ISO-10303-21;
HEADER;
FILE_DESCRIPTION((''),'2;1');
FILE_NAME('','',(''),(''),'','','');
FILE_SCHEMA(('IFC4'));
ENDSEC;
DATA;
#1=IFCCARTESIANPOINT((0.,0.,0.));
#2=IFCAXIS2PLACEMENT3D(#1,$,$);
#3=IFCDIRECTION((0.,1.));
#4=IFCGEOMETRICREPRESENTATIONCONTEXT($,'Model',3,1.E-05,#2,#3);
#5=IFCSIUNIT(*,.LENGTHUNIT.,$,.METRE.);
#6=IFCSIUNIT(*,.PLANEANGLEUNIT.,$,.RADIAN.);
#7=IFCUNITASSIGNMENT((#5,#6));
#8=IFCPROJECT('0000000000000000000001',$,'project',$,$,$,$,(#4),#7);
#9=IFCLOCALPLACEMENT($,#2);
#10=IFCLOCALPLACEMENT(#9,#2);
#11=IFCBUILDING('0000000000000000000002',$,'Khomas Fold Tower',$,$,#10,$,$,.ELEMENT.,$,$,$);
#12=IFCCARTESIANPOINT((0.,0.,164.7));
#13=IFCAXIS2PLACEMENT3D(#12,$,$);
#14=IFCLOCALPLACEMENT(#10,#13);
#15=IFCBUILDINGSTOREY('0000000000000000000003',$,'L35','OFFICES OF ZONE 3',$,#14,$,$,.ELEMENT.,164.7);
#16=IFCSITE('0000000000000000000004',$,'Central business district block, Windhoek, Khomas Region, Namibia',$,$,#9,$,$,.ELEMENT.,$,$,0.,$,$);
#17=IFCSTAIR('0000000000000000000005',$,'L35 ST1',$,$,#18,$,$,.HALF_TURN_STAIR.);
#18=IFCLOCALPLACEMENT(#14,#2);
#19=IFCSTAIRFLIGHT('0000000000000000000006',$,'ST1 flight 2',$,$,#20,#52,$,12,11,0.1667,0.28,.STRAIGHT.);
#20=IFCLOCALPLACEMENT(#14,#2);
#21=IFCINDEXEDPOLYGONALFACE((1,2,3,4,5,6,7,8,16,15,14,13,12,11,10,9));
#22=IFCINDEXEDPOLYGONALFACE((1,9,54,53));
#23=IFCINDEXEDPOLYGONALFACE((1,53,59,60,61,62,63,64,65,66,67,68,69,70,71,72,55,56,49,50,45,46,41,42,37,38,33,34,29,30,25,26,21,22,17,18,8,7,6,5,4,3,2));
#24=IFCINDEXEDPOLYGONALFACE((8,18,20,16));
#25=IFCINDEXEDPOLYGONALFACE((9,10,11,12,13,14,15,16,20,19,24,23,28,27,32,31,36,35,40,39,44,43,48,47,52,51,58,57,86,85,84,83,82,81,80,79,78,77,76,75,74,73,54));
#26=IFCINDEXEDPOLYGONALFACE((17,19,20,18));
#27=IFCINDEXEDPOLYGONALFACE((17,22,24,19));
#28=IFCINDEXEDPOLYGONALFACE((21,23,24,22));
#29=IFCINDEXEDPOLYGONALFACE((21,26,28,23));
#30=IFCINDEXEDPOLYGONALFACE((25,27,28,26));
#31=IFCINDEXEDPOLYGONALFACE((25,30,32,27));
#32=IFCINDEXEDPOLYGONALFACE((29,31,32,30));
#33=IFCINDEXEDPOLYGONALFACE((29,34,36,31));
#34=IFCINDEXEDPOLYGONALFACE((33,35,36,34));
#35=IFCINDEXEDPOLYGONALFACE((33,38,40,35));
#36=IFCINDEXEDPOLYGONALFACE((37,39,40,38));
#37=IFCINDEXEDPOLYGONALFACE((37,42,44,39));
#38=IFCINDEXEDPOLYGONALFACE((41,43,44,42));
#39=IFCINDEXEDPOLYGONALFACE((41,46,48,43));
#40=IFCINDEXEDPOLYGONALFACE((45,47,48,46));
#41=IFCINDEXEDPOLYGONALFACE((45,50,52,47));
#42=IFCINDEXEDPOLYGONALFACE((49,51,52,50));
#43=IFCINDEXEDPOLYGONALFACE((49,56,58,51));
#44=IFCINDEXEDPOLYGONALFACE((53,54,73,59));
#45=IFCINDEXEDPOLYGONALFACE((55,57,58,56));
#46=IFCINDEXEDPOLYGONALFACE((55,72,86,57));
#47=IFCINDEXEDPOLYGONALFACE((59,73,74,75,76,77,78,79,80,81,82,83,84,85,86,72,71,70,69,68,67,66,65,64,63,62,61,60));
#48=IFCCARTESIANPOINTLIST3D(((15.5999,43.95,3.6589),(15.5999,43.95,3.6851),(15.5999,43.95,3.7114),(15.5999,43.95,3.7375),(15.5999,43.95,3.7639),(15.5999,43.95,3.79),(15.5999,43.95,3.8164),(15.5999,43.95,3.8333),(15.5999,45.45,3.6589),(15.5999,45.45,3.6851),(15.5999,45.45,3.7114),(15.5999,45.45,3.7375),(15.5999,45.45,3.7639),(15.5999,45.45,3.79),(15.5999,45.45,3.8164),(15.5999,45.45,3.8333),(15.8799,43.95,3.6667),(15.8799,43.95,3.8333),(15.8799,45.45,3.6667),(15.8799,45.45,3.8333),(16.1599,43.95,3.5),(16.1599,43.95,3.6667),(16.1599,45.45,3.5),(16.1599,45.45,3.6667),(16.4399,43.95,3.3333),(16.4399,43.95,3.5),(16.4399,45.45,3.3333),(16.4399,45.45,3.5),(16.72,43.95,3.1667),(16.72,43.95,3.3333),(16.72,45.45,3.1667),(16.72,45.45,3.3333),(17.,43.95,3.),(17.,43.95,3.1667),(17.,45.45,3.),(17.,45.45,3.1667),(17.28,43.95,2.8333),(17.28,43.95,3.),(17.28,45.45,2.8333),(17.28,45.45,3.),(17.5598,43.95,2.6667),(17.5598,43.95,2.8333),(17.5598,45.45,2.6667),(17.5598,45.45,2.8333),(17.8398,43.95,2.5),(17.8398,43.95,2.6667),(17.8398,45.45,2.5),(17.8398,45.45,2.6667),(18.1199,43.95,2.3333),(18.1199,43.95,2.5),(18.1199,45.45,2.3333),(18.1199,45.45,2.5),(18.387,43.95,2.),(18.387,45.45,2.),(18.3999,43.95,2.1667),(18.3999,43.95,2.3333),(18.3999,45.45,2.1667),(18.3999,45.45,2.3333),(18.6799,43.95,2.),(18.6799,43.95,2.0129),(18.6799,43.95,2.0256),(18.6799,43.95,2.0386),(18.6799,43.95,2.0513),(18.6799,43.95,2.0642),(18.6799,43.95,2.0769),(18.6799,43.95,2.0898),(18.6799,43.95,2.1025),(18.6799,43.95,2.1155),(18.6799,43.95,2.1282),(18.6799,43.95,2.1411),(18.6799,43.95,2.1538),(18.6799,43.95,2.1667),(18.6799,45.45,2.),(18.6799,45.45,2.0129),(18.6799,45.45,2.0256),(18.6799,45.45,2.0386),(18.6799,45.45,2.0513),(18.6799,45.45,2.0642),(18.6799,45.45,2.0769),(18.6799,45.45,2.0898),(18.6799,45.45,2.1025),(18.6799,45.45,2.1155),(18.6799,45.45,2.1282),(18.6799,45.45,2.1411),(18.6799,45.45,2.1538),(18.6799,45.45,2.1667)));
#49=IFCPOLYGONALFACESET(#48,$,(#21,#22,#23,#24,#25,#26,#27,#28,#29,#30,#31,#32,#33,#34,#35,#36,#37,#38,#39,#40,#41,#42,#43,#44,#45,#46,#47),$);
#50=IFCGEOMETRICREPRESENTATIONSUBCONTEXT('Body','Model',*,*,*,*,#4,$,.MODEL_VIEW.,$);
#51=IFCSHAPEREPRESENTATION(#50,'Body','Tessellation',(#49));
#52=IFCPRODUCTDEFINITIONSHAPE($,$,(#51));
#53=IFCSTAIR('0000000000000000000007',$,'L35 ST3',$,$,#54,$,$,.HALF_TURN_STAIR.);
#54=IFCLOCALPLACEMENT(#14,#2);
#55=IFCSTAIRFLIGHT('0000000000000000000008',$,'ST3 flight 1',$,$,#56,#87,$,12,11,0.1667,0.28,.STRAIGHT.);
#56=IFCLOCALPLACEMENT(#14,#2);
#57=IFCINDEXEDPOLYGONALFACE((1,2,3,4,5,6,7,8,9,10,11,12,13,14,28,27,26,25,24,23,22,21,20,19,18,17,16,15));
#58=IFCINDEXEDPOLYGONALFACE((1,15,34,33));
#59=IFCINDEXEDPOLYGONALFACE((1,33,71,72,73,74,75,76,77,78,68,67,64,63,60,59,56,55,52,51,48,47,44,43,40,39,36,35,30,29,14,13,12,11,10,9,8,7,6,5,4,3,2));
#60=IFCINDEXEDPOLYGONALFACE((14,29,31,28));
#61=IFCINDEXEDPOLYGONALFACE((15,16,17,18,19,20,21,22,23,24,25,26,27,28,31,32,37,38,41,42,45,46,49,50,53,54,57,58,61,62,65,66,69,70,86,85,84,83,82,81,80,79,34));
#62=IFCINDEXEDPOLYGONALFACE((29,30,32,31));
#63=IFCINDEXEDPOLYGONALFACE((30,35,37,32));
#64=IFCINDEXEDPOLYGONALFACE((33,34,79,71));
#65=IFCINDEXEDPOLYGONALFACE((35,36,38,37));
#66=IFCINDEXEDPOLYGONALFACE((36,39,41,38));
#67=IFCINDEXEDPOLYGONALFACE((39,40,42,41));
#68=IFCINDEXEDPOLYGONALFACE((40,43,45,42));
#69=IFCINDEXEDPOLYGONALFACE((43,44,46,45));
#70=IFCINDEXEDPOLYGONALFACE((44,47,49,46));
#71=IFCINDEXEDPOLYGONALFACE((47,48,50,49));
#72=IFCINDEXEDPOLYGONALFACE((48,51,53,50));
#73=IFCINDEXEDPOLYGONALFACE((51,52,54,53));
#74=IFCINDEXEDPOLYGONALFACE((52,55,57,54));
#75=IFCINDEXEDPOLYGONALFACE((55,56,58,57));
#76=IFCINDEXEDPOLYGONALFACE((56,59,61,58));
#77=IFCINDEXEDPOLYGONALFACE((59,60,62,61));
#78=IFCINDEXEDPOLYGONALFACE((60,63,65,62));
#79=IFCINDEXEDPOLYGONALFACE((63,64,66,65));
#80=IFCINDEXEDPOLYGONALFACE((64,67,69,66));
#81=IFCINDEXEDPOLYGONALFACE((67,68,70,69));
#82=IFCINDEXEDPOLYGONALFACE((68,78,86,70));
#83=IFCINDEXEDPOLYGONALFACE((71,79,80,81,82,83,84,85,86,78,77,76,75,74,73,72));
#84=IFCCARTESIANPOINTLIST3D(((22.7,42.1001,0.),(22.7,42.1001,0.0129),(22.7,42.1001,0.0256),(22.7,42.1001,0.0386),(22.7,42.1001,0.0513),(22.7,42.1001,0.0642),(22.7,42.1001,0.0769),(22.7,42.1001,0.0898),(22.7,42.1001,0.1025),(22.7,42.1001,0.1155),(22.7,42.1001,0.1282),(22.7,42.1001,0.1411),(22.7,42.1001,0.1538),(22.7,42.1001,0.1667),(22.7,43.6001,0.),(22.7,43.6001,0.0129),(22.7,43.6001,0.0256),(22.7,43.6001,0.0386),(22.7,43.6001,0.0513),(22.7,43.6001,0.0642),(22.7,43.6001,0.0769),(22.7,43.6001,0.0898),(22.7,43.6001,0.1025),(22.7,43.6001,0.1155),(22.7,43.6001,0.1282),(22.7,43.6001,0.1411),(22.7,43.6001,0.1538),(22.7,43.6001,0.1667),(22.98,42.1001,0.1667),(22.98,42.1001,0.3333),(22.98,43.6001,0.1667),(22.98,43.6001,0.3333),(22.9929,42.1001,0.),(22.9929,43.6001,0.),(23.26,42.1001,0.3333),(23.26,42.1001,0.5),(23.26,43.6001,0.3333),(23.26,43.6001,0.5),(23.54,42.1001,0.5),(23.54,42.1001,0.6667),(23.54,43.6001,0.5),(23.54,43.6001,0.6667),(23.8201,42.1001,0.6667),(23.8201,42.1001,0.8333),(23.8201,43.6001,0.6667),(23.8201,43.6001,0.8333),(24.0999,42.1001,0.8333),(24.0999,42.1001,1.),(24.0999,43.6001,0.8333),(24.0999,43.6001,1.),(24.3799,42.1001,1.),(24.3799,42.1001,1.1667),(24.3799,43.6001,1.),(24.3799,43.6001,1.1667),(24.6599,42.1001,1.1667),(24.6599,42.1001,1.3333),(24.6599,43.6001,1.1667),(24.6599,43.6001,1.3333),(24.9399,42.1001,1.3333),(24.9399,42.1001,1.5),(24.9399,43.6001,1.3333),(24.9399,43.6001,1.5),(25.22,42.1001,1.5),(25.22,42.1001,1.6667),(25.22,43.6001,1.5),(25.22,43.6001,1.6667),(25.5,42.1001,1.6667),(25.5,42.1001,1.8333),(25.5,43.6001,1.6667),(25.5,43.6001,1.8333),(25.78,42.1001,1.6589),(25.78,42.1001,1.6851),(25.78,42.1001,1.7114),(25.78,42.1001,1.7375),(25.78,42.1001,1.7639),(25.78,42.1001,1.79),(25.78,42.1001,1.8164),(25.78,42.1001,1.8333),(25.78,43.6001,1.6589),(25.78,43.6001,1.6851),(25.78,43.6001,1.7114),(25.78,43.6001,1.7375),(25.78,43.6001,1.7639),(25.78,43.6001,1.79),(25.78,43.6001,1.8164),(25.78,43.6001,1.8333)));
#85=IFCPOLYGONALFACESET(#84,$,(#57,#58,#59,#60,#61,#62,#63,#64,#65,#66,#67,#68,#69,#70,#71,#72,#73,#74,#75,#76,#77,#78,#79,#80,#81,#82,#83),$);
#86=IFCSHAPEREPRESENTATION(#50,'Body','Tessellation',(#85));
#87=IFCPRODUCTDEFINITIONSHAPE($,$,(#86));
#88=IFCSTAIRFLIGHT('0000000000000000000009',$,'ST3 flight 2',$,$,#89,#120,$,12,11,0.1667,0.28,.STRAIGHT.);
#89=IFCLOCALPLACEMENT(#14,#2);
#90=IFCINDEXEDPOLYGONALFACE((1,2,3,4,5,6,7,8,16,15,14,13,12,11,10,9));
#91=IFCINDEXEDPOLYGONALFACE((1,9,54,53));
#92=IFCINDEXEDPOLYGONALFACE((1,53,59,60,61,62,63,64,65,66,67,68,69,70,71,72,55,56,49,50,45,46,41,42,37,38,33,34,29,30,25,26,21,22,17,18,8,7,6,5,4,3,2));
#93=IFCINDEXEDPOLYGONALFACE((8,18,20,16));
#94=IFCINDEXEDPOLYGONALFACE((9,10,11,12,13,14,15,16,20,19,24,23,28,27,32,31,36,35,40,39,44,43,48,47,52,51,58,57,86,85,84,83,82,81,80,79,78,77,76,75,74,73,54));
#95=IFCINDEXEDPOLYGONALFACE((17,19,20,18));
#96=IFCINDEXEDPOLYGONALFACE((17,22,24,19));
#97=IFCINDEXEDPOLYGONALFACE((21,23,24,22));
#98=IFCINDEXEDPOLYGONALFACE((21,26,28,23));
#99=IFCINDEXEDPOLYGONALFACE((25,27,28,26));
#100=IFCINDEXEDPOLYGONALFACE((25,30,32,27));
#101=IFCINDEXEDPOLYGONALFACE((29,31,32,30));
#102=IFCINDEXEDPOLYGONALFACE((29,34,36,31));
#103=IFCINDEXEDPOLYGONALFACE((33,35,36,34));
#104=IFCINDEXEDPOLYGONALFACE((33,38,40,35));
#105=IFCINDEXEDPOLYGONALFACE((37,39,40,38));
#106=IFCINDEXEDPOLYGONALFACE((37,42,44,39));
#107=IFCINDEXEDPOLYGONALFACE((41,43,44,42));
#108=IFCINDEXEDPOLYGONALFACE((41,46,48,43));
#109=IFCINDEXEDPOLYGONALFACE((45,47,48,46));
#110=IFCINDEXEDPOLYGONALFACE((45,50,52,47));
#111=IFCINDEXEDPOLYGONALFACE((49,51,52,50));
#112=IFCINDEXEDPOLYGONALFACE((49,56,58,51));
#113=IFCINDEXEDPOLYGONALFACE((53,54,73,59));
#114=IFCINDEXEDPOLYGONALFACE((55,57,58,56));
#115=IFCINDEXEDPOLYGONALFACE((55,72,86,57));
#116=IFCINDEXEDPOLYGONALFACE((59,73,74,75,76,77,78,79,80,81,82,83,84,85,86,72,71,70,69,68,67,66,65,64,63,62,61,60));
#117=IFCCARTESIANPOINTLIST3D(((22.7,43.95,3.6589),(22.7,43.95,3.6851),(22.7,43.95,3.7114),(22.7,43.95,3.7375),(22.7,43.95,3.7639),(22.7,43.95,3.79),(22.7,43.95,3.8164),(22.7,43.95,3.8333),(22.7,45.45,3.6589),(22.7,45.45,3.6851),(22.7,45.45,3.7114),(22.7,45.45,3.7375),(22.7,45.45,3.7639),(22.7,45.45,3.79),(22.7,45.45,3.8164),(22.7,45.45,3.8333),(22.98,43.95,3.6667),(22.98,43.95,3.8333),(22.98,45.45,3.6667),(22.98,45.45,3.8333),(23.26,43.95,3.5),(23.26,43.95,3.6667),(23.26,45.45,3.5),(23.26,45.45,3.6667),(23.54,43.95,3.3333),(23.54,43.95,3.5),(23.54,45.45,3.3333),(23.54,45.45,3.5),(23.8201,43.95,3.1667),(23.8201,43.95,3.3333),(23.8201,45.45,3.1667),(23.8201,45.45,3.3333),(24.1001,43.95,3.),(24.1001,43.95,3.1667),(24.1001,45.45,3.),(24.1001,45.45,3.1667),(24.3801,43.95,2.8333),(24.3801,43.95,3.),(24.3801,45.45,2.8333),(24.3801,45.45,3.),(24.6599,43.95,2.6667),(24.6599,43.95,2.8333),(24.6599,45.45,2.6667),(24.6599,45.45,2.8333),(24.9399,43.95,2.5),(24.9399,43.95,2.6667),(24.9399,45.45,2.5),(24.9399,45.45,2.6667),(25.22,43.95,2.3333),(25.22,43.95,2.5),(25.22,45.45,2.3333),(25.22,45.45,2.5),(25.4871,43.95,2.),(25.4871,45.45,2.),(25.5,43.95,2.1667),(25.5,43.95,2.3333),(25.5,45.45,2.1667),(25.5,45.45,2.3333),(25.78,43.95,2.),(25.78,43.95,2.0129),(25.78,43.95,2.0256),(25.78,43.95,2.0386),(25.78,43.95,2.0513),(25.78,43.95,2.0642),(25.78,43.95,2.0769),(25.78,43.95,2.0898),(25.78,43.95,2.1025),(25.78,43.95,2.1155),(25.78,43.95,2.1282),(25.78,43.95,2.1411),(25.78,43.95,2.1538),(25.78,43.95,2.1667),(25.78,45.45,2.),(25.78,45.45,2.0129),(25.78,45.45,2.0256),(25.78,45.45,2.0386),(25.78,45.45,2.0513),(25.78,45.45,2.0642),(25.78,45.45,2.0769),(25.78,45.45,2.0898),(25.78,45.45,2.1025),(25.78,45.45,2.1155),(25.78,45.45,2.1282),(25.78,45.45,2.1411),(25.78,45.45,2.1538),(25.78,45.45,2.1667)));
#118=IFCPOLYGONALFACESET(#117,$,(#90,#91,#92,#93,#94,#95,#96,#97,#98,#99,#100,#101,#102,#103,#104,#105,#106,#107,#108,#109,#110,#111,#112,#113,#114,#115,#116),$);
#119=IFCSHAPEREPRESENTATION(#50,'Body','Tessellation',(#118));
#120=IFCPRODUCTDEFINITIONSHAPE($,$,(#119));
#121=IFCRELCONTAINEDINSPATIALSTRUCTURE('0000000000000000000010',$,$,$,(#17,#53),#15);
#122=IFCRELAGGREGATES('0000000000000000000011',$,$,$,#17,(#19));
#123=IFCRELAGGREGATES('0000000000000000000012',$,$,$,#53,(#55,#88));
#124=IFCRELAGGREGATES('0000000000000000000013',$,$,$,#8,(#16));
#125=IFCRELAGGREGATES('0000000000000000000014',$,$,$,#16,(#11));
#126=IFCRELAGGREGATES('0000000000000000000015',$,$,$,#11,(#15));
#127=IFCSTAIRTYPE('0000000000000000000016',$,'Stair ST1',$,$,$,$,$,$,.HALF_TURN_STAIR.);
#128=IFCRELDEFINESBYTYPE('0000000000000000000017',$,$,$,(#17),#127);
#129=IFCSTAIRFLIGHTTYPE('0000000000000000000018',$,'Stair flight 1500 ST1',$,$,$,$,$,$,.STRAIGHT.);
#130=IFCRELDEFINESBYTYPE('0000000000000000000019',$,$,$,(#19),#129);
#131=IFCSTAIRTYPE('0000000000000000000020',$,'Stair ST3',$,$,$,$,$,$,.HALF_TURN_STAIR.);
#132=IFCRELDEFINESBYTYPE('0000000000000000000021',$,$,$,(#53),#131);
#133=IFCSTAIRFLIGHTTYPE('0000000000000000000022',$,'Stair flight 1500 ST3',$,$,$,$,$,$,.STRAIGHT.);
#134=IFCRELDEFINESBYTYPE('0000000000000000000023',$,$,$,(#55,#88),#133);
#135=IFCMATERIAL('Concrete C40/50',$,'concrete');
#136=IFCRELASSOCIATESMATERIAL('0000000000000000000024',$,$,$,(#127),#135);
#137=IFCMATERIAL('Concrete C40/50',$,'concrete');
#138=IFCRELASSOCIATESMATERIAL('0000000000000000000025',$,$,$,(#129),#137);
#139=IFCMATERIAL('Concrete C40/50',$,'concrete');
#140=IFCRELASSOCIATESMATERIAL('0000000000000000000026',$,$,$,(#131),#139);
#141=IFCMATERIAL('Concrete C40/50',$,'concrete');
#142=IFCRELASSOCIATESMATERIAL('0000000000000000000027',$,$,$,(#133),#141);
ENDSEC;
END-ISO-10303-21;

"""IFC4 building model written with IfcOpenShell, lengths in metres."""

from ifc_helpers import new_model, si_unit, direction, frame, origin, place, context, subcontext, project, spatial, polyline, outline, extrude, source, transform, mapped, material, type_object, element, aggregate, save


model = new_model("IFC4")

# Units and contexts
model_context = context("Model", 3, precision=1e-05, world=origin(), true_north=direction((0.0, 1.0)))
body_context = subcontext(model_context, "Body", "Model", "MODEL_VIEW")
ifc_project = project(units=[si_unit("LENGTHUNIT", "METRE"), si_unit("PLANEANGLEUNIT", "RADIAN")], contexts=[model_context])

# Site, building, storey
site_placement = place(None, origin())
site = spatial("IfcSite", under=ifc_project, at=site_placement, Name="Central business district block, Windhoek, Khomas Region, Namibia", CompositionType="ELEMENT", RefElevation=0.0)
building_placement = place(site_placement, origin())
building = spatial("IfcBuilding", under=site, at=building_placement, Name="Khomas Fold Tower", CompositionType="ELEMENT")
storey_placement = place(building_placement, frame((0.0, 0.0, 164.7)))
storey = spatial("IfcBuildingStorey", under=building, at=storey_placement, Name="L35", Description="OFFICES OF ZONE 3", CompositionType="ELEMENT", Elevation=164.7)

# Stairs, stair flights
ifc_material_1 = material(Name="Concrete C40/50", Category="concrete")
stair_type_1 = type_object("IfcStairType", Name="Stair ST1", PredefinedType="HALF_TURN_STAIR", material=ifc_material_1)
stair_1_placement = place(storey_placement, origin())
stair_1 = element("IfcStair", 1, at=stair_1_placement, inside=storey, type_object=stair_type_1, Name="L35 ST1", PredefinedType="HALF_TURN_STAIR")
ifc_material_2 = material(Name="Concrete C40/50", Category="concrete")
stair_flight_type_1 = type_object("IfcStairFlightType", Name="Stair flight 1500 ST1", PredefinedType="STRAIGHT", material=ifc_material_2)
shared_shape_1 = source(origin(), body_context, "Body", "SweptSolid", [
    extrude(outline(polyline([(0.0, 0.0), (0.0, 0.0129), (0.0, 0.0256), (0.0, 0.0386), (0.0, 0.0513), (0.0, 0.0642), (0.0, 0.0769), (0.0, 0.0898), (0.0, 0.1025), (0.0, 0.1155), (0.0, 0.1282), (0.0, 0.1411), (0.0, 0.1538), (0.0, 0.1667), (0.28, 0.1667), (0.28, 0.3333), (0.5601, 0.3333), (0.5601, 0.5), (0.8401, 0.5), (0.8401, 0.6667), (1.1201, 0.6667), (1.1201, 0.8333), (1.3999, 0.8333), (1.3999, 1.0), (1.6799, 1.0), (1.6799, 1.1667), (1.96, 1.1667), (1.96, 1.3333), (2.24, 1.3333), (2.24, 1.5), (2.52, 1.5), (2.52, 1.6667), (2.8, 1.6667), (2.8, 1.8333), (3.0801, 1.8333), (3.0801, 2.0), (3.0801, 1.9739), (3.0801, 1.9475), (3.0801, 1.9214), (3.0801, 1.895), (3.0801, 1.8689), (3.0801, 1.8425), (3.0801, 1.8164), (3.0801, 1.79), (3.0801, 1.7639), (3.0801, 1.7375), (3.0801, 1.7114), (3.0801, 1.6851), (3.0801, 1.6589), (0.293, 0.0), (0.0, 0.0)])), frame((0.0, 0.75, 0.0), z_axis=(0.0, -1.0, 0.0), x_axis=(1.0, 0.0, 0.0)), (0.0, 0.0, 1.0), 1.5),
])
stair_flight_1_placement = place(storey_placement, frame((18.6799, 44.7, 2.0), z_axis=(0.0, 0.0, 1.0), x_axis=(-1.0, 0.0, 0.0)))
stair_flight_1 = element("IfcStairFlight", 2, at=stair_flight_1_placement, type_object=stair_flight_type_1, Name="ST1 flight 2", NumberOfRisers=12, NumberOfTreads=11, PredefinedType="STRAIGHT", RiserHeight=0.1667, TreadLength=0.28, context=body_context, shape_type="MappedRepresentation", body=[
    mapped(shared_shape_1, transform((0.0, 0.0, 0.0))),
])
aggregate(stair_1, [stair_flight_1])
ifc_material_3 = material(Name="Concrete C40/50", Category="concrete")
stair_type_2 = type_object("IfcStairType", Name="Stair ST3", PredefinedType="HALF_TURN_STAIR", material=ifc_material_3)
stair_2_placement = place(storey_placement, origin())
stair_2 = element("IfcStair", 3, at=stair_2_placement, inside=storey, type_object=stair_type_2, Name="L35 ST3", PredefinedType="HALF_TURN_STAIR")
ifc_material_4 = material(Name="Concrete C40/50", Category="concrete")
stair_flight_type_2 = type_object("IfcStairFlightType", Name="Stair flight 1500 ST3", PredefinedType="STRAIGHT", material=ifc_material_4)
stair_flight_2_placement = place(storey_placement, frame((22.7, 42.8501, 0.0), z_axis=(0.0, 0.0, 1.0), x_axis=(1.0, 0.0, 0.0)))
stair_flight_2 = element("IfcStairFlight", 4, at=stair_flight_2_placement, type_object=stair_flight_type_2, Name="ST3 flight 1", NumberOfRisers=12, NumberOfTreads=11, PredefinedType="STRAIGHT", RiserHeight=0.1667, TreadLength=0.28, context=body_context, shape_type="MappedRepresentation", body=[
    mapped(shared_shape_1, transform((0.0, 0.0, 0.0))),
])
stair_flight_3_placement = place(storey_placement, frame((25.78, 44.7, 2.0), z_axis=(0.0, 0.0, 1.0), x_axis=(-1.0, 0.0, 0.0)))
stair_flight_3 = element("IfcStairFlight", 5, at=stair_flight_3_placement, type_object=stair_flight_type_2, Name="ST3 flight 2", NumberOfRisers=12, NumberOfTreads=11, PredefinedType="STRAIGHT", RiserHeight=0.1667, TreadLength=0.28, context=body_context, shape_type="MappedRepresentation", body=[
    mapped(shared_shape_1, transform((0.0, 0.0, 0.0))),
])
aggregate(stair_2, [stair_flight_2, stair_flight_3])

save(model, "model.ifc")
